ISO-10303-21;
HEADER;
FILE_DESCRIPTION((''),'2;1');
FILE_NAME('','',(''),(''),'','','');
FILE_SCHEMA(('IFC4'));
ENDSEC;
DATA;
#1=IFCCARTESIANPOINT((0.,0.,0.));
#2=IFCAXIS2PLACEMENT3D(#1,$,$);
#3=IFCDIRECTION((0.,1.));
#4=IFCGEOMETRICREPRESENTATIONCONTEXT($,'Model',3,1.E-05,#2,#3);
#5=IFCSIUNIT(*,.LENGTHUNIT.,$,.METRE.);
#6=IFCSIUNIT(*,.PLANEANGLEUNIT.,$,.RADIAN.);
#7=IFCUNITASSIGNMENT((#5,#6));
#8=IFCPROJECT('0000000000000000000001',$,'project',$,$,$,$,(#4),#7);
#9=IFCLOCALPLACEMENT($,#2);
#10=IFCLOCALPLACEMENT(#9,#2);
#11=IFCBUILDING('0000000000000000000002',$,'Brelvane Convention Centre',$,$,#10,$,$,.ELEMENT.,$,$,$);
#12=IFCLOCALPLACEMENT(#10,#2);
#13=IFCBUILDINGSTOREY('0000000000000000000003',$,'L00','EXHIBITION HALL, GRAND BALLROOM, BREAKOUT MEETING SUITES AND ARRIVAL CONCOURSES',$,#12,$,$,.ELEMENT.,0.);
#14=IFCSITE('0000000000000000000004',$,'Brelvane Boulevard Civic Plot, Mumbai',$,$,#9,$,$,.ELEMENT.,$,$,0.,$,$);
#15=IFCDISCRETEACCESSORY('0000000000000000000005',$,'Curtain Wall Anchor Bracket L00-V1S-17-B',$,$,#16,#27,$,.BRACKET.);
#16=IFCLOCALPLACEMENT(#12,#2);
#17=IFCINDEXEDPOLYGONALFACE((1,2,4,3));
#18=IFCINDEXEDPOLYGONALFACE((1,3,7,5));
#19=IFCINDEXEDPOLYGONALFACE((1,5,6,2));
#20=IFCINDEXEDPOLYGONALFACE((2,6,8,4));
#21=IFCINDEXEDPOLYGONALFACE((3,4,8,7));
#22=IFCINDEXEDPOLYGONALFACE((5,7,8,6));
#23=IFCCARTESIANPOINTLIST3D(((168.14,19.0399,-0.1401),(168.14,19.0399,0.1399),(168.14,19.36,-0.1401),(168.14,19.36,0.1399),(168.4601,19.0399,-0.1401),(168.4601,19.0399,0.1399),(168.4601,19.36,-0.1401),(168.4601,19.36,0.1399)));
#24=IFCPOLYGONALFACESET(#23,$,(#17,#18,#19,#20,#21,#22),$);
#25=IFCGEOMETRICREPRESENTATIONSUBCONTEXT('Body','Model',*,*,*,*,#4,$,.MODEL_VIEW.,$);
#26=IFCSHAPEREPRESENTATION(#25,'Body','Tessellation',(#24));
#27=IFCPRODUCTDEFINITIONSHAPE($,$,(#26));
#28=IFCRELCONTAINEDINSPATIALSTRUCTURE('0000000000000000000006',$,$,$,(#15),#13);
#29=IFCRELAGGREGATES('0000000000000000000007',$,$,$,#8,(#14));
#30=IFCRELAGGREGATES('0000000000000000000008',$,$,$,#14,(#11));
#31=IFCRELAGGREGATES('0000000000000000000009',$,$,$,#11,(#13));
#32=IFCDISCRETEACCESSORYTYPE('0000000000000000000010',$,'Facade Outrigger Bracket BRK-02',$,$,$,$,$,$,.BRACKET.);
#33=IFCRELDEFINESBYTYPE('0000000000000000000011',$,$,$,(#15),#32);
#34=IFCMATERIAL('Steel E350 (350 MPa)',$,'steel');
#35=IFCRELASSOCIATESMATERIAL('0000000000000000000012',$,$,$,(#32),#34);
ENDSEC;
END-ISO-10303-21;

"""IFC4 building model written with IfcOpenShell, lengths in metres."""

from ifc_helpers import new_model, si_unit, direction, frame, origin, origin_2d, place, context, subcontext, project, spatial, rectangle, extrude, material, type_object, element, save


model = new_model("IFC4")

# Units and contexts
model_context = context("Model", 3, precision=1e-05, world=origin(), true_north=direction((0.0, 1.0)))
body_context = subcontext(model_context, "Body", "Model", "MODEL_VIEW")
ifc_project = project(units=[si_unit("LENGTHUNIT", "METRE"), si_unit("PLANEANGLEUNIT", "RADIAN")], contexts=[model_context])

# Site, building, storey
site_placement = place(None, origin())
site = spatial("IfcSite", under=ifc_project, at=site_placement, Name="Brelvane Boulevard Civic Plot, Mumbai", CompositionType="ELEMENT", RefElevation=0.0)
building_placement = place(site_placement, origin())
building = spatial("IfcBuilding", under=site, at=building_placement, Name="Brelvane Convention Centre", CompositionType="ELEMENT")
storey_placement = place(building_placement, origin())
storey = spatial("IfcBuildingStorey", under=building, at=storey_placement, Name="L00", Description="EXHIBITION HALL, GRAND BALLROOM, BREAKOUT MEETING SUITES AND ARRIVAL CONCOURSES", CompositionType="ELEMENT", Elevation=0.0)

# Discrete accessory
ifc_material_1 = material(Name="Steel E350 (350 MPa)", Category="steel")
discrete_accessory_type = type_object("IfcDiscreteAccessoryType", Name="Facade Outrigger Bracket BRK-02", PredefinedType="BRACKET", material=ifc_material_1)
discrete_accessory_1_placement = place(storey_placement, frame((168.3, 19.2, -0.1401), z_axis=(0.0, 0.0, 1.0), x_axis=(1.0, 0.0, 0.0)))
element("IfcDiscreteAccessory", 1, at=discrete_accessory_1_placement, inside=storey, type_object=discrete_accessory_type, Name="Curtain Wall Anchor Bracket L00-V1S-17-B", PredefinedType="BRACKET", context=body_context, shape_type="SweptSolid", body=[
    extrude(rectangle(XDim=0.3201, YDim=0.3201, at=origin_2d()), origin(), (0.0, 0.0, 1.0), 0.28),
])

save(model, "model.ifc")
